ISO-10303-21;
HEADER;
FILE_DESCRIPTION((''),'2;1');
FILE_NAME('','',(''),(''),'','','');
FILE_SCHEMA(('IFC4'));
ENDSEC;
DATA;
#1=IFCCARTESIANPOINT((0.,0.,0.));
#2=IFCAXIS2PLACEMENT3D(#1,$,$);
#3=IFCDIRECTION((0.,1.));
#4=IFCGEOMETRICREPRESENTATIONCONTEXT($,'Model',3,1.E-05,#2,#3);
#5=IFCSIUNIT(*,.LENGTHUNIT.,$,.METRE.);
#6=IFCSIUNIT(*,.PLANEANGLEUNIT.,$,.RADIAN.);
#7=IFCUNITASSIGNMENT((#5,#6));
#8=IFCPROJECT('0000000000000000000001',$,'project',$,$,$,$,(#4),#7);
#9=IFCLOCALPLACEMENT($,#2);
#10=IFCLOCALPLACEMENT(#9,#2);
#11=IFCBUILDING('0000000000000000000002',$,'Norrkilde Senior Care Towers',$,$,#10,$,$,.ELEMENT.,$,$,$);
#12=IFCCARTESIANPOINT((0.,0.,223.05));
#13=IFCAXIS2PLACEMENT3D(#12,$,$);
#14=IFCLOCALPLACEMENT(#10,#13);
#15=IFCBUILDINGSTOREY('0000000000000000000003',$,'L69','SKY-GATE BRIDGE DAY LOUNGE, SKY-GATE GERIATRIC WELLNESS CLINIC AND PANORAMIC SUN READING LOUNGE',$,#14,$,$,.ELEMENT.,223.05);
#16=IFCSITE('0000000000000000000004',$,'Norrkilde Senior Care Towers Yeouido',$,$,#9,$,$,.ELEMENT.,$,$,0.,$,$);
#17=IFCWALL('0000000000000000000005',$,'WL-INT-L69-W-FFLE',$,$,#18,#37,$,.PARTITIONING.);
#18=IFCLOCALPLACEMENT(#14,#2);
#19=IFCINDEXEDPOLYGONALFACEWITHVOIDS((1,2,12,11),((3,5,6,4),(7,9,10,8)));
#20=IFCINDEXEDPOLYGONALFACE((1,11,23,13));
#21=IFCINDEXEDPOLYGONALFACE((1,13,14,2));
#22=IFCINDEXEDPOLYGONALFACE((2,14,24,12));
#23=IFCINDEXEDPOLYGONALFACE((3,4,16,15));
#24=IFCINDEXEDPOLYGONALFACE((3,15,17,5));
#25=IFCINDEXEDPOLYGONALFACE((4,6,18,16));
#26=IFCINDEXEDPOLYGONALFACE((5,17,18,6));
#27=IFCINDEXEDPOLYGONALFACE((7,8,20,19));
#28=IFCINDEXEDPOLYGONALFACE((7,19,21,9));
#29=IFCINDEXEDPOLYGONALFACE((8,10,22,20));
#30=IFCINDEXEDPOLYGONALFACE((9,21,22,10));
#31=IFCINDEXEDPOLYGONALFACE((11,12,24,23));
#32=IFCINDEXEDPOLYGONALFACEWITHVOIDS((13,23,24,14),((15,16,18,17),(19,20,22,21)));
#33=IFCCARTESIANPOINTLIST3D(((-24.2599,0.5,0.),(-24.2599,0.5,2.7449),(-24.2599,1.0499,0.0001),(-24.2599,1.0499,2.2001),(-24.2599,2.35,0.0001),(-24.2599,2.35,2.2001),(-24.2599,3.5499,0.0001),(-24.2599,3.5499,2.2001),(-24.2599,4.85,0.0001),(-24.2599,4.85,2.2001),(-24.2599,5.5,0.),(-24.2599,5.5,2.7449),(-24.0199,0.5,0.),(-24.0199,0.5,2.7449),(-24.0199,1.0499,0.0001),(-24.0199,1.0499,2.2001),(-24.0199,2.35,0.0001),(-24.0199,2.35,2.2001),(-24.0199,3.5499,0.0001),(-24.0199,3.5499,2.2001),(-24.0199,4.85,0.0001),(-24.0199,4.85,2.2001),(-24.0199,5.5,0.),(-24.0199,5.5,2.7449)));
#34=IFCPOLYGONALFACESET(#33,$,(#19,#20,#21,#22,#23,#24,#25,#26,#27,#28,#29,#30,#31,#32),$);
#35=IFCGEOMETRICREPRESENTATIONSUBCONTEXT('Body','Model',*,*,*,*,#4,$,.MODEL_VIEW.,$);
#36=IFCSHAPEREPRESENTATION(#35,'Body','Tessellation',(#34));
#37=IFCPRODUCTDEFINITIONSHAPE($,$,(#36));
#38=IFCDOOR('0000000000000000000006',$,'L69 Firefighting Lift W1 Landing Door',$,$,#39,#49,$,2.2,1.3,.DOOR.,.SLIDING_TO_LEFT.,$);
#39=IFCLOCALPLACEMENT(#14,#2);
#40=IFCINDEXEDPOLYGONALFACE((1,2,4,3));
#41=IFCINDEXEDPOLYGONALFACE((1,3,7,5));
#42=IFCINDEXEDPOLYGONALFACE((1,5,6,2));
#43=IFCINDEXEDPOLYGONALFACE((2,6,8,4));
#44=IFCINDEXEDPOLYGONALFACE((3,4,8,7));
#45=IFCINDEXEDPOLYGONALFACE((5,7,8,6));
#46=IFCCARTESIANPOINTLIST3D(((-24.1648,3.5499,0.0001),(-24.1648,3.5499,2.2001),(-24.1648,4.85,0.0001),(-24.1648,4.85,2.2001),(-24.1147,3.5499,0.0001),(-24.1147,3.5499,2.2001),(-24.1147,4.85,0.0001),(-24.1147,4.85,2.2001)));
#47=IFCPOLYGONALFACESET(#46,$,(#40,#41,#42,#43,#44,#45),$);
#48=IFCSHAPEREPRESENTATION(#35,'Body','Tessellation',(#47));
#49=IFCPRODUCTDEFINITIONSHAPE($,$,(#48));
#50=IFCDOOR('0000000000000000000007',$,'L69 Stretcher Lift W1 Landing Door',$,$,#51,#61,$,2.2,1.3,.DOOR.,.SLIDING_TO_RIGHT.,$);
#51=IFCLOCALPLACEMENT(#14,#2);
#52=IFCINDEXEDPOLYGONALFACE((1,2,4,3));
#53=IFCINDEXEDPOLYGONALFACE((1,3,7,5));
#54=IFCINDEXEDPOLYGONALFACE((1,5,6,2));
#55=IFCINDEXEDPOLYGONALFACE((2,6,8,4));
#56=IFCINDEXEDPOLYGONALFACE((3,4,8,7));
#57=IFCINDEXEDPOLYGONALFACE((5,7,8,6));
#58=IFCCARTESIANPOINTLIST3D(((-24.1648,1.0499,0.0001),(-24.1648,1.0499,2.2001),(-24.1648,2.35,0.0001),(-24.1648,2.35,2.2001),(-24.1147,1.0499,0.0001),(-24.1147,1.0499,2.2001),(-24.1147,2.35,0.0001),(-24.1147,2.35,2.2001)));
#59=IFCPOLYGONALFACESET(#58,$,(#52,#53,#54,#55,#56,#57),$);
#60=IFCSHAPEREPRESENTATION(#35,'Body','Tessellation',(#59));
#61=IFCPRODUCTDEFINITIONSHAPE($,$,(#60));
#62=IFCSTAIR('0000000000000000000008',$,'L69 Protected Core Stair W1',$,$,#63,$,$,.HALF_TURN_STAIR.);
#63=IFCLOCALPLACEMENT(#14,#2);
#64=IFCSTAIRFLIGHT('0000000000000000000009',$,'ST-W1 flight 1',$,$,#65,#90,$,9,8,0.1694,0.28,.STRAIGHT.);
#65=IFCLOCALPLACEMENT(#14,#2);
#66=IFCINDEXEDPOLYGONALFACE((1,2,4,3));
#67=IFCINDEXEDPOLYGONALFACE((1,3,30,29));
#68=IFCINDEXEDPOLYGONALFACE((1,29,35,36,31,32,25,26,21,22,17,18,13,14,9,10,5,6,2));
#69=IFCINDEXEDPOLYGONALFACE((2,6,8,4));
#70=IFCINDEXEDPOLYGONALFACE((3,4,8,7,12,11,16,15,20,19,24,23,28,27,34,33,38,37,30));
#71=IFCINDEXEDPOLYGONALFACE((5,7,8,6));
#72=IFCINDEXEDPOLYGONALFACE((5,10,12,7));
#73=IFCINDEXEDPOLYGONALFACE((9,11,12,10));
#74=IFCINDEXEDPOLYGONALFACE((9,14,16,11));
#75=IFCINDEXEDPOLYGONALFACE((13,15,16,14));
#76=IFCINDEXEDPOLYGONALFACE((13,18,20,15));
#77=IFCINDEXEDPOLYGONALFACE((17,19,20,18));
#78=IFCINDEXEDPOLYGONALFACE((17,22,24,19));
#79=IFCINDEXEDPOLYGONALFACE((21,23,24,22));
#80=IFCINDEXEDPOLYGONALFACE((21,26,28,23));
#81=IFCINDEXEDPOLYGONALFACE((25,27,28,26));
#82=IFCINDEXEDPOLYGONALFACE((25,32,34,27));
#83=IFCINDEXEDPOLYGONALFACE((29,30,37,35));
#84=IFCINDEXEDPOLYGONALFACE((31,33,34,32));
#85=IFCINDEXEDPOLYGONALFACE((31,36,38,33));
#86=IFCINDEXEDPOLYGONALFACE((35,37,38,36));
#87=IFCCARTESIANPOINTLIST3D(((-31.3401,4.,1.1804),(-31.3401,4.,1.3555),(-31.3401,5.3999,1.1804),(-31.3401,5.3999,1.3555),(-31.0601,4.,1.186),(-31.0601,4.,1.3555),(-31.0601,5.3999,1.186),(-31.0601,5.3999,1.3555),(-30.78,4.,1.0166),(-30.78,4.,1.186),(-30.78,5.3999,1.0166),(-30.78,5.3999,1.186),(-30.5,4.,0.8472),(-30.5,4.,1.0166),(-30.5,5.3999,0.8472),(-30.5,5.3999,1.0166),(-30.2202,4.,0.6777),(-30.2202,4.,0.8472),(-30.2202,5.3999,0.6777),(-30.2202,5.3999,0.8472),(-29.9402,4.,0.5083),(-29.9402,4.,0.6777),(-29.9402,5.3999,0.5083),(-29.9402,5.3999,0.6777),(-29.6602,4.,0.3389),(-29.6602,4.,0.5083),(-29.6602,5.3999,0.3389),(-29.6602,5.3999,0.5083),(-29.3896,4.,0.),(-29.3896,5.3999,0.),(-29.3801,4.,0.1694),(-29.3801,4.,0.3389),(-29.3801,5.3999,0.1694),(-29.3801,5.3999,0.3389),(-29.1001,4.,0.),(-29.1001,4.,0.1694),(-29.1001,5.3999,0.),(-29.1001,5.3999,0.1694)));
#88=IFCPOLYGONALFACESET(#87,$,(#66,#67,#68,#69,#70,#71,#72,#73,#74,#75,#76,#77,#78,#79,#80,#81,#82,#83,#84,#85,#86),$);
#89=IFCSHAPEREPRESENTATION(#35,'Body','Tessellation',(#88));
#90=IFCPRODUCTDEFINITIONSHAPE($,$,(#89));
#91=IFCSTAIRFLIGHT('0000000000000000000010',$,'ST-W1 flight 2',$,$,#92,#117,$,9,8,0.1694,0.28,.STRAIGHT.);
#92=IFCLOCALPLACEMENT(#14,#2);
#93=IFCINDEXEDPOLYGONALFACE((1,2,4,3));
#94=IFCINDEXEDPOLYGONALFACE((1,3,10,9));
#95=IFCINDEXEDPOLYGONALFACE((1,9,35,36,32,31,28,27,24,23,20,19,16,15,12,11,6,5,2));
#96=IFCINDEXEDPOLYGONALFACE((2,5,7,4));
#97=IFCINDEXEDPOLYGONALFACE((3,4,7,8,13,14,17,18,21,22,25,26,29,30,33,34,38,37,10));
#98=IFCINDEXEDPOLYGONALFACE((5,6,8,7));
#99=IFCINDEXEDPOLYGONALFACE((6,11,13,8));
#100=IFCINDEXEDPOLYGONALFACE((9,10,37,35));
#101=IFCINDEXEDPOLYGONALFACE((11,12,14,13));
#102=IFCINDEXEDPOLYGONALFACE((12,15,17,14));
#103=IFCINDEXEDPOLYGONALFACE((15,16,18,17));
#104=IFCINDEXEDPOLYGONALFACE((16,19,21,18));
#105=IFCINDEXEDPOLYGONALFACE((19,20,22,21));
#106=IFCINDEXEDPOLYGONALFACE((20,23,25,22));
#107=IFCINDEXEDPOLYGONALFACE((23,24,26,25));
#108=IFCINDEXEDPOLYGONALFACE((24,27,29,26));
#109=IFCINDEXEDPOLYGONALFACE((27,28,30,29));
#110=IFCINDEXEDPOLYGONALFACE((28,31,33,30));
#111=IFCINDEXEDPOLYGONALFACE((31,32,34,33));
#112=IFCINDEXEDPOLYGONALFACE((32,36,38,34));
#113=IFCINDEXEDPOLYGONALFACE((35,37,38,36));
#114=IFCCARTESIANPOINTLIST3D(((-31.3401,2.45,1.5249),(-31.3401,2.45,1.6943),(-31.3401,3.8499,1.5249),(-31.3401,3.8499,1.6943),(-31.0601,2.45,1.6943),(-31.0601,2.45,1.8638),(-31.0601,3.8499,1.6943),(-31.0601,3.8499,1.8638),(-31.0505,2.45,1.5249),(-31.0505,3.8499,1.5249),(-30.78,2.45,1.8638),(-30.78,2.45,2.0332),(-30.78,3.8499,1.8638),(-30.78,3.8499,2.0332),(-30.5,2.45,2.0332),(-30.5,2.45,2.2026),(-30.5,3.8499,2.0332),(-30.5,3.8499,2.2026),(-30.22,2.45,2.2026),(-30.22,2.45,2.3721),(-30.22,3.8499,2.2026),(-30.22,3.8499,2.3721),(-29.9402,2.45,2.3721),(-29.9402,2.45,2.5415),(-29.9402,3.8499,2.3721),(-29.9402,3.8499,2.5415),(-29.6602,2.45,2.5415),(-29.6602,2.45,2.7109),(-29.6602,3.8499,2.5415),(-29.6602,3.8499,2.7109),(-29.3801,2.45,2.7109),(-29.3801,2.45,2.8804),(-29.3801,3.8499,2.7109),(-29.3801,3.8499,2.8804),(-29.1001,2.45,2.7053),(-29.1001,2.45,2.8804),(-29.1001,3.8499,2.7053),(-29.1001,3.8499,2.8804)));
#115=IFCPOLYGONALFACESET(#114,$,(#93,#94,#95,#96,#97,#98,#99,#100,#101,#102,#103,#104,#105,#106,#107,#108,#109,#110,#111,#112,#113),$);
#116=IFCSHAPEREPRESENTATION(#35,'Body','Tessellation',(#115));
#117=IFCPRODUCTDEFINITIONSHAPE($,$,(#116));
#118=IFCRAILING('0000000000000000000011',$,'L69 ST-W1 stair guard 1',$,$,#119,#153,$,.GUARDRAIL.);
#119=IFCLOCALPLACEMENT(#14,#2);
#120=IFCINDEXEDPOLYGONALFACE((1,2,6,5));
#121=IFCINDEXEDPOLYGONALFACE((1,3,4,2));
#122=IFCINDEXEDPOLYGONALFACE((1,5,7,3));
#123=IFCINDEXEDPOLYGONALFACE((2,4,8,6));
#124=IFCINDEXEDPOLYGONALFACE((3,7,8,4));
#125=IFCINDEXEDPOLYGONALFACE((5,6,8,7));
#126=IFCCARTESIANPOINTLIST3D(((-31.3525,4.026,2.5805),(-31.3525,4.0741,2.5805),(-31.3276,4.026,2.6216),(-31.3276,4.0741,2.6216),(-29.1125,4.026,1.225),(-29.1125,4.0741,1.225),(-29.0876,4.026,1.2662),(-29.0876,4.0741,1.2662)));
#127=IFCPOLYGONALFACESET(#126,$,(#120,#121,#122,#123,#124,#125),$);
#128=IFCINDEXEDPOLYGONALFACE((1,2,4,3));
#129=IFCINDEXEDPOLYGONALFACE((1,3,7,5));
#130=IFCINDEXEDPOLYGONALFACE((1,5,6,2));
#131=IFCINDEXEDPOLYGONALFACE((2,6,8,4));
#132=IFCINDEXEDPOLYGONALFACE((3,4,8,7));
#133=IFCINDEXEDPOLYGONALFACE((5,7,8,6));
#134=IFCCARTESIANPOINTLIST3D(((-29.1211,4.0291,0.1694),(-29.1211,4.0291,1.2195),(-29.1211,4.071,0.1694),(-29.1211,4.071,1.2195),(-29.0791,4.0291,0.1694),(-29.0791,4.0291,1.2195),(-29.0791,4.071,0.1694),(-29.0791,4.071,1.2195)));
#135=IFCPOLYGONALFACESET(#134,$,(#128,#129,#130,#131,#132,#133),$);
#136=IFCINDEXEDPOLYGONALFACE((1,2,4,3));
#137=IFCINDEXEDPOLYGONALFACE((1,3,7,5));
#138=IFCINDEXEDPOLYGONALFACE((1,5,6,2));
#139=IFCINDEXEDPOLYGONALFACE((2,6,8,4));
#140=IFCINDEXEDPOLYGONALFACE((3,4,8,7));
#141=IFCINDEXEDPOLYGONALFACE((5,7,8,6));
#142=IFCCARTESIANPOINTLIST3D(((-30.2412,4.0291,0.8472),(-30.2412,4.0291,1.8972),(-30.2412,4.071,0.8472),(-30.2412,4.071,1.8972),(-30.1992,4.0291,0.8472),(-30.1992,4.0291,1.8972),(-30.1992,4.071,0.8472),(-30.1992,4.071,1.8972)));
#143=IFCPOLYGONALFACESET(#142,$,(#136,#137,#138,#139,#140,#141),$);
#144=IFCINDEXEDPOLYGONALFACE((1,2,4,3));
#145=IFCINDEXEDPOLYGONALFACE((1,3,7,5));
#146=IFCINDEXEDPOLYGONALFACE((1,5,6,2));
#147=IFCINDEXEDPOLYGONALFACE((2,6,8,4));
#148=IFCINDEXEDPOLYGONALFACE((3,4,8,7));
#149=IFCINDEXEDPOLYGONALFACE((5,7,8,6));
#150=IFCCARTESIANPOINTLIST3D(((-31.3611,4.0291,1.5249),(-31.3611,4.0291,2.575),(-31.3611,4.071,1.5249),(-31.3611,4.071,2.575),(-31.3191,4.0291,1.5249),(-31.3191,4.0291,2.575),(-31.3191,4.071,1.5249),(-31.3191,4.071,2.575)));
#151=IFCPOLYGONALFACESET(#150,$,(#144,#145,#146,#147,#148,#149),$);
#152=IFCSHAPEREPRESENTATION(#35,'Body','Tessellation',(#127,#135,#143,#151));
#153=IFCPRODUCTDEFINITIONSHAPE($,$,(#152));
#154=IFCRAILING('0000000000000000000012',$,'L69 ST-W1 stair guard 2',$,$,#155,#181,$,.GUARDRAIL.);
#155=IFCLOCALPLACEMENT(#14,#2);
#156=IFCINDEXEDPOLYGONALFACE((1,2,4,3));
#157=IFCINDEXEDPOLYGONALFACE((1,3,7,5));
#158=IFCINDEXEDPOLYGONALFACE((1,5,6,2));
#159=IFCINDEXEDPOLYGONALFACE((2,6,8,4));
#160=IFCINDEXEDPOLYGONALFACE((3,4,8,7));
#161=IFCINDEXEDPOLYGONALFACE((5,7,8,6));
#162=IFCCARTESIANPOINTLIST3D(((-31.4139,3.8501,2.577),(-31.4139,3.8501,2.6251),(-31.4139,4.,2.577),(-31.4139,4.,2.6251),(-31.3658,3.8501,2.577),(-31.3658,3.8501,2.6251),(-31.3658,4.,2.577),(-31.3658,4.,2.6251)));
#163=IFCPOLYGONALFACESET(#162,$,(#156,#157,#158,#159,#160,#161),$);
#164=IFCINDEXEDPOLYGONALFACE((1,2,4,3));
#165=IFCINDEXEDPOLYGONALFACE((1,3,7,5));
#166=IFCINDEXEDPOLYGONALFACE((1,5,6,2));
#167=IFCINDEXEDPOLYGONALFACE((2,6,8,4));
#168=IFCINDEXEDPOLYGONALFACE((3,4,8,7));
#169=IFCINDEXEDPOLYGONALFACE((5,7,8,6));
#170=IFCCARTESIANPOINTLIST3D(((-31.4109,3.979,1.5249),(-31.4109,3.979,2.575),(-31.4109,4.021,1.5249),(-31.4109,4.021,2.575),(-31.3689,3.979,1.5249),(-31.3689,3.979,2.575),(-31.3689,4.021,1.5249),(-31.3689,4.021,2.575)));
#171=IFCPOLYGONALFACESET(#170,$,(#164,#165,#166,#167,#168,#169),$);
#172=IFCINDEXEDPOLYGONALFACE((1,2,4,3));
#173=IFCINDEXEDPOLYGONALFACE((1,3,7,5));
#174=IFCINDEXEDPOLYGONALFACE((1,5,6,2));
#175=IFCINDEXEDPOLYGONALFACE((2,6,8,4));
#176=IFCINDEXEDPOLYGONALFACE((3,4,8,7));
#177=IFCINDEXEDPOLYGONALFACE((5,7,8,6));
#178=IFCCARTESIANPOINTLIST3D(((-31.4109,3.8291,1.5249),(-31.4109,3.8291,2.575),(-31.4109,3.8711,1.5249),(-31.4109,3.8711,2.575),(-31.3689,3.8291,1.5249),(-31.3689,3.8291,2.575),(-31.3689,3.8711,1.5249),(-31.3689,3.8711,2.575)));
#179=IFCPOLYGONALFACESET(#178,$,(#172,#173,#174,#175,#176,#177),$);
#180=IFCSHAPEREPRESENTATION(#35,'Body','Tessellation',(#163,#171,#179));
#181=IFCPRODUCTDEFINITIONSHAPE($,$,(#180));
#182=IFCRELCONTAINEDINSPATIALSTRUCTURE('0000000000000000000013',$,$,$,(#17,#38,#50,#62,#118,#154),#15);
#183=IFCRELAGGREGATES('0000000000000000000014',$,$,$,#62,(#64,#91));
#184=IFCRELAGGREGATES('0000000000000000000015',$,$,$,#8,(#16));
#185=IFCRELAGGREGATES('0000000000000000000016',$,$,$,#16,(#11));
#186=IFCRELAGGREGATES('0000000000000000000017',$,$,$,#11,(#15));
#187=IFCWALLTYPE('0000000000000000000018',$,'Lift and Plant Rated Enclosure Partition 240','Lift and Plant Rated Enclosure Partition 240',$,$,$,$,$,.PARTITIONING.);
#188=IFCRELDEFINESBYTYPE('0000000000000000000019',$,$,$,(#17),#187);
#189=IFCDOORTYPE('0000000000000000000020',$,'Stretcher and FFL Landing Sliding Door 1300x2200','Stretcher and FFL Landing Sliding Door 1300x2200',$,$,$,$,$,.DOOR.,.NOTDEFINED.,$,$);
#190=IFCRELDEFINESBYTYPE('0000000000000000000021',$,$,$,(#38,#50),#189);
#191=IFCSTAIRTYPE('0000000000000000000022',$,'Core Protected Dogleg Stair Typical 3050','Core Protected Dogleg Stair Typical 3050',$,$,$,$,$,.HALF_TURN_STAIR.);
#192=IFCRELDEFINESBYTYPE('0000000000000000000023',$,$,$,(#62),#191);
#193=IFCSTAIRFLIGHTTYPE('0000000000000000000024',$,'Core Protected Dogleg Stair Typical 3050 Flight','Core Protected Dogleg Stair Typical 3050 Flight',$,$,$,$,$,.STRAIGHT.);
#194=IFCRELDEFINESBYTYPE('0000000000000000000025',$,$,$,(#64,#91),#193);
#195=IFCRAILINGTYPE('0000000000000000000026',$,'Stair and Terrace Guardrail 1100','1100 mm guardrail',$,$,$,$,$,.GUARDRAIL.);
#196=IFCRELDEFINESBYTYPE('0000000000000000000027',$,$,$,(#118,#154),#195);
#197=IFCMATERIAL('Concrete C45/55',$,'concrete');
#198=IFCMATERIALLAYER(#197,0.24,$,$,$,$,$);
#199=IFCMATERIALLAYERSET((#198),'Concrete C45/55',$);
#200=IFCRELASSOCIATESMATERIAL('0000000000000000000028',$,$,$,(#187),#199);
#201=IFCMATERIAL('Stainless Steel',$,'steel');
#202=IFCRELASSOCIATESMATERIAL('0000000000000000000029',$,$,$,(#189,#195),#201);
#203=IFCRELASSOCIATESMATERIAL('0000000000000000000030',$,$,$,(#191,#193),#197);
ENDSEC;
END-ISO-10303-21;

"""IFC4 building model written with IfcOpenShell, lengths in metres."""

from ifc_helpers import new_model, si_unit, direction, frame, frame_2d, origin, origin_2d, place, context, subcontext, project, spatial, polyline, rectangle, outline, extrude, source, transform, mapped, material, layer, layer_set, type_object, type_shapes, element, fill, aggregate, save


model = new_model("IFC4")

# Units and contexts
model_context = context("Model", 3, precision=1e-05, world=origin(), true_north=direction((0.0, 1.0)))
body_context = subcontext(model_context, "Body", "Model", "MODEL_VIEW")
ifc_project = project(units=[si_unit("LENGTHUNIT", "METRE"), si_unit("PLANEANGLEUNIT", "RADIAN")], contexts=[model_context])

# Site, building, storey
site_placement = place(None, origin())
site = spatial("IfcSite", under=ifc_project, at=site_placement, Name="Norrkilde Senior Care Towers Yeouido", CompositionType="ELEMENT", RefElevation=0.0)
building_placement = place(site_placement, origin())
building = spatial("IfcBuilding", under=site, at=building_placement, Name="Norrkilde Senior Care Towers", CompositionType="ELEMENT")
storey_placement = place(building_placement, frame((0.0, 0.0, 223.05)))
storey = spatial("IfcBuildingStorey", under=building, at=storey_placement, Name="L69", Description="SKY-GATE BRIDGE DAY LOUNGE, SKY-GATE GERIATRIC WELLNESS CLINIC AND PANORAMIC SUN READING LOUNGE", CompositionType="ELEMENT", Elevation=223.05)

# Shared definitions
ifc_material_1 = material(Name="Concrete C45/55", Category="concrete")

# Wall, openings, doors
ifc_layer_1 = layer(ifc_material_1, 0.24)
ifc_layer_set_1 = layer_set([ifc_layer_1], Name="Concrete C45/55")
wall_type_1 = type_object("IfcWallType", Name="Lift and Plant Rated Enclosure Partition 240", Description="Lift and Plant Rated Enclosure Partition 240", PredefinedType="PARTITIONING", material=ifc_layer_set_1)
shared_shape_1 = source(origin(), body_context, "Body", "SweptSolid", [
    extrude(rectangle(XDim=5.0, YDim=0.24, at=frame_2d((2.5, 0.0))), origin(), (0.0, 0.0, 1.0), 2.7449),
])
type_shapes(wall_type_1, [shared_shape_1])
wall_1_placement = place(storey_placement, frame((-24.1399, 0.5, 0.0), z_axis=(0.0, 0.0, 1.0), x_axis=(0.0, 1.0, 0.0)))
wall_1 = element("IfcWall", 1, at=wall_1_placement, inside=storey, type_object=wall_type_1, Name="WL-INT-L69-W-FFLE", PredefinedType="PARTITIONING", context=body_context, shape_type="MappedRepresentation", body=[
    mapped(shared_shape_1, transform((0.0, 0.0, 0.0), x_axis=(1.0, 0.0, 0.0), y_axis=(0.0, 1.0, 0.0), z_axis=(0.0, 0.0, 1.0), scale=1.0)),
])
opening_1_placement = place(wall_1_placement, frame((3.05, 0.0, 0.0)))
opening_1 = element("IfcOpeningElement", 2, at=opening_1_placement, cuts=wall_1, PredefinedType="OPENING", context=body_context, shape_type="SweptSolid", body=[
    extrude(rectangle(XDim=1.3, YDim=2.2, at=frame_2d((0.6499, 1.1001))), frame((0.0, 0.1299, 0.0), z_axis=(0.0, -1.0, 0.0), x_axis=(1.0, 0.0, 0.0)), (0.0, 0.0, 1.0), 0.26),
])
opening_2_placement = place(wall_1_placement, frame((0.55, 0.0, 0.0)))
opening_2 = element("IfcOpeningElement", 3, at=opening_2_placement, cuts=wall_1, PredefinedType="OPENING", context=body_context, shape_type="SweptSolid", body=[
    extrude(rectangle(XDim=1.3, YDim=2.2, at=frame_2d((0.6499, 1.1001))), frame((0.0, 0.1299, 0.0), z_axis=(0.0, -1.0, 0.0), x_axis=(1.0, 0.0, 0.0)), (0.0, 0.0, 1.0), 0.26),
])
ifc_material_2 = material(Name="Stainless Steel", Category="steel")
door_type_1 = type_object("IfcDoorType", Name="Stretcher and FFL Landing Sliding Door 1300x2200", Description="Stretcher and FFL Landing Sliding Door 1300x2200", OperationType="NOTDEFINED", PredefinedType="DOOR", material=ifc_material_2)
shared_shape_2 = source(origin(), body_context, "Body", "SweptSolid", [
    extrude(rectangle(XDim=1.3, YDim=2.2, at=frame_2d((0.6499, 1.1001))), frame((0.0, 0.0249, 0.0), z_axis=(0.0, -1.0, 0.0), x_axis=(1.0, 0.0, 0.0)), (0.0, 0.0, 1.0), 0.05),
])
type_shapes(door_type_1, [shared_shape_2])
door_1_placement = place(opening_1_placement, origin())
door_1 = element("IfcDoor", 4, at=door_1_placement, inside=storey, type_object=door_type_1, Name="L69 Firefighting Lift W1 Landing Door", OperationType="SLIDING_TO_LEFT", OverallHeight=2.2, OverallWidth=1.3, PredefinedType="DOOR", context=body_context, shape_type="MappedRepresentation", body=[
    mapped(shared_shape_2, transform((0.0, 0.0, 0.0), x_axis=(1.0, 0.0, 0.0), y_axis=(0.0, 1.0, 0.0), z_axis=(0.0, 0.0, 1.0), scale=1.0)),
])
fill(opening_1, door_1)
door_2_placement = place(opening_2_placement, origin())
door_2 = element("IfcDoor", 5, at=door_2_placement, inside=storey, type_object=door_type_1, Name="L69 Stretcher Lift W1 Landing Door", OperationType="SLIDING_TO_RIGHT", OverallHeight=2.2, OverallWidth=1.3, PredefinedType="DOOR", context=body_context, shape_type="MappedRepresentation", body=[
    mapped(shared_shape_2, transform((0.0, 0.0, 0.0), x_axis=(1.0, 0.0, 0.0), y_axis=(0.0, 1.0, 0.0), z_axis=(0.0, 0.0, 1.0), scale=1.0)),
])
fill(opening_2, door_2)

# Stair, stair flights
stair_type = type_object("IfcStairType", Name="Core Protected Dogleg Stair Typical 3050", Description="Core Protected Dogleg Stair Typical 3050", PredefinedType="HALF_TURN_STAIR", material=ifc_material_1)
stair_placement = place(storey_placement, origin())
stair = element("IfcStair", 6, at=stair_placement, inside=storey, type_object=stair_type, Name="L69 Protected Core Stair W1", PredefinedType="HALF_TURN_STAIR")
stair_flight_type = type_object("IfcStairFlightType", Name="Core Protected Dogleg Stair Typical 3050 Flight", Description="Core Protected Dogleg Stair Typical 3050 Flight", PredefinedType="STRAIGHT", material=ifc_material_1)
stair_flight_1_placement = place(storey_placement, frame((-29.1001, 4.7, 0.0), z_axis=(0.0, 0.0, 1.0), x_axis=(-1.0, 0.0, 0.0)))
stair_flight_1 = element("IfcStairFlight", 7, at=stair_flight_1_placement, type_object=stair_flight_type, Name="ST-W1 flight 1", NumberOfRisers=9, NumberOfTreads=8, PredefinedType="STRAIGHT", RiserHeight=0.1694, TreadLength=0.28, context=body_context, shape_type="SweptSolid", body=[
    extrude(outline(polyline([(0.0, 0.0), (0.0, 0.1694), (0.28, 0.1694), (0.28, 0.3389), (0.5601, 0.3389), (0.5601, 0.5083), (0.8401, 0.5083), (0.8401, 0.6777), (1.1201, 0.6777), (1.1201, 0.8472), (1.3999, 0.8472), (1.3999, 1.0166), (1.6799, 1.0166), (1.6799, 1.186), (1.96, 1.186), (1.96, 1.3555), (2.24, 1.3555), (2.24, 1.5249), (2.24, 1.1804), (0.2896, 0.0), (0.0, 0.0)])), frame((0.0, 0.7, 0.0), z_axis=(0.0, -1.0, 0.0), x_axis=(1.0, 0.0, 0.0)), (0.0, 0.0, 1.0), 1.3999),
])
stair_flight_2_placement = place(storey_placement, frame((-31.3401, 3.1499, 1.5249), z_axis=(0.0, 0.0, 1.0), x_axis=(1.0, 0.0, 0.0)))
stair_flight_2 = element("IfcStairFlight", 8, at=stair_flight_2_placement, type_object=stair_flight_type, Name="ST-W1 flight 2", NumberOfRisers=9, NumberOfTreads=8, PredefinedType="STRAIGHT", RiserHeight=0.1694, TreadLength=0.28, context=body_context, shape_type="SweptSolid", body=[
    extrude(outline(polyline([(0.0, 0.0), (0.0, 0.1694), (0.28, 0.1694), (0.28, 0.3389), (0.5601, 0.3389), (0.5601, 0.5083), (0.8401, 0.5083), (0.8401, 0.6777), (1.1201, 0.6777), (1.1201, 0.8472), (1.3999, 0.8472), (1.3999, 1.0166), (1.6799, 1.0166), (1.6799, 1.186), (1.96, 1.186), (1.96, 1.3555), (2.24, 1.3555), (2.24, 1.5249), (2.24, 1.1804), (0.2896, 0.0), (0.0, 0.0)])), frame((0.0, 0.7, 0.0), z_axis=(0.0, -1.0, 0.0), x_axis=(1.0, 0.0, 0.0)), (0.0, 0.0, 1.0), 1.3999),
])
aggregate(stair, [stair_flight_1, stair_flight_2])

# Railings
railing_type_1 = type_object("IfcRailingType", Name="Stair and Terrace Guardrail 1100", Description="1100 mm guardrail", PredefinedType="GUARDRAIL", material=ifc_material_2)
railing_1_placement = place(storey_placement, frame((-29.1001, 4.05, 0.1694)))
element("IfcRailing", 9, at=railing_1_placement, inside=storey, type_object=railing_type_1, Name="L69 ST-W1 stair guard 1", PredefinedType="GUARDRAIL", context=body_context, shape_type="SweptSolid", body=[
    extrude(rectangle(XDim=0.0481, YDim=0.0481, at=origin_2d()), frame((0.0, 0.0, 1.0762), z_axis=(-0.855553, 0.0, 0.517715), x_axis=(0.0, -1.0, 0.0)), (0.0, 0.0, 1.0), 2.6182),
    extrude(rectangle(XDim=0.042, YDim=0.042, at=origin_2d()), origin(), (0.0, 0.0, 1.0), 1.05),
    extrude(rectangle(XDim=0.042, YDim=0.042, at=origin_2d()), frame((-1.1201, 0.0, 0.6777)), (0.0, 0.0, 1.0), 1.05),
    extrude(rectangle(XDim=0.042, YDim=0.042, at=origin_2d()), frame((-2.24, 0.0, 1.3555)), (0.0, 0.0, 1.0), 1.05),
])
railing_2_placement = place(storey_placement, frame((-31.3899, 4.0, 1.5249)))
element("IfcRailing", 10, at=railing_2_placement, inside=storey, type_object=railing_type_1, Name="L69 ST-W1 stair guard 2", PredefinedType="GUARDRAIL", context=body_context, shape_type="SweptSolid", body=[
    extrude(rectangle(XDim=0.0481, YDim=0.0481, at=origin_2d()), frame((0.0, 0.0, 1.0762), z_axis=(0.0, -1.0, 0.0), x_axis=(1.0, 0.0, 0.0)), (0.0, 0.0, 1.0), 0.1499),
    extrude(rectangle(XDim=0.042, YDim=0.042, at=origin_2d()), origin(), (0.0, 0.0, 1.0), 1.05),
    extrude(rectangle(XDim=0.042, YDim=0.042, at=origin_2d()), frame((0.0, -0.1499, 0.0)), (0.0, 0.0, 1.0), 1.05),
])

save(model, "model.ifc")
